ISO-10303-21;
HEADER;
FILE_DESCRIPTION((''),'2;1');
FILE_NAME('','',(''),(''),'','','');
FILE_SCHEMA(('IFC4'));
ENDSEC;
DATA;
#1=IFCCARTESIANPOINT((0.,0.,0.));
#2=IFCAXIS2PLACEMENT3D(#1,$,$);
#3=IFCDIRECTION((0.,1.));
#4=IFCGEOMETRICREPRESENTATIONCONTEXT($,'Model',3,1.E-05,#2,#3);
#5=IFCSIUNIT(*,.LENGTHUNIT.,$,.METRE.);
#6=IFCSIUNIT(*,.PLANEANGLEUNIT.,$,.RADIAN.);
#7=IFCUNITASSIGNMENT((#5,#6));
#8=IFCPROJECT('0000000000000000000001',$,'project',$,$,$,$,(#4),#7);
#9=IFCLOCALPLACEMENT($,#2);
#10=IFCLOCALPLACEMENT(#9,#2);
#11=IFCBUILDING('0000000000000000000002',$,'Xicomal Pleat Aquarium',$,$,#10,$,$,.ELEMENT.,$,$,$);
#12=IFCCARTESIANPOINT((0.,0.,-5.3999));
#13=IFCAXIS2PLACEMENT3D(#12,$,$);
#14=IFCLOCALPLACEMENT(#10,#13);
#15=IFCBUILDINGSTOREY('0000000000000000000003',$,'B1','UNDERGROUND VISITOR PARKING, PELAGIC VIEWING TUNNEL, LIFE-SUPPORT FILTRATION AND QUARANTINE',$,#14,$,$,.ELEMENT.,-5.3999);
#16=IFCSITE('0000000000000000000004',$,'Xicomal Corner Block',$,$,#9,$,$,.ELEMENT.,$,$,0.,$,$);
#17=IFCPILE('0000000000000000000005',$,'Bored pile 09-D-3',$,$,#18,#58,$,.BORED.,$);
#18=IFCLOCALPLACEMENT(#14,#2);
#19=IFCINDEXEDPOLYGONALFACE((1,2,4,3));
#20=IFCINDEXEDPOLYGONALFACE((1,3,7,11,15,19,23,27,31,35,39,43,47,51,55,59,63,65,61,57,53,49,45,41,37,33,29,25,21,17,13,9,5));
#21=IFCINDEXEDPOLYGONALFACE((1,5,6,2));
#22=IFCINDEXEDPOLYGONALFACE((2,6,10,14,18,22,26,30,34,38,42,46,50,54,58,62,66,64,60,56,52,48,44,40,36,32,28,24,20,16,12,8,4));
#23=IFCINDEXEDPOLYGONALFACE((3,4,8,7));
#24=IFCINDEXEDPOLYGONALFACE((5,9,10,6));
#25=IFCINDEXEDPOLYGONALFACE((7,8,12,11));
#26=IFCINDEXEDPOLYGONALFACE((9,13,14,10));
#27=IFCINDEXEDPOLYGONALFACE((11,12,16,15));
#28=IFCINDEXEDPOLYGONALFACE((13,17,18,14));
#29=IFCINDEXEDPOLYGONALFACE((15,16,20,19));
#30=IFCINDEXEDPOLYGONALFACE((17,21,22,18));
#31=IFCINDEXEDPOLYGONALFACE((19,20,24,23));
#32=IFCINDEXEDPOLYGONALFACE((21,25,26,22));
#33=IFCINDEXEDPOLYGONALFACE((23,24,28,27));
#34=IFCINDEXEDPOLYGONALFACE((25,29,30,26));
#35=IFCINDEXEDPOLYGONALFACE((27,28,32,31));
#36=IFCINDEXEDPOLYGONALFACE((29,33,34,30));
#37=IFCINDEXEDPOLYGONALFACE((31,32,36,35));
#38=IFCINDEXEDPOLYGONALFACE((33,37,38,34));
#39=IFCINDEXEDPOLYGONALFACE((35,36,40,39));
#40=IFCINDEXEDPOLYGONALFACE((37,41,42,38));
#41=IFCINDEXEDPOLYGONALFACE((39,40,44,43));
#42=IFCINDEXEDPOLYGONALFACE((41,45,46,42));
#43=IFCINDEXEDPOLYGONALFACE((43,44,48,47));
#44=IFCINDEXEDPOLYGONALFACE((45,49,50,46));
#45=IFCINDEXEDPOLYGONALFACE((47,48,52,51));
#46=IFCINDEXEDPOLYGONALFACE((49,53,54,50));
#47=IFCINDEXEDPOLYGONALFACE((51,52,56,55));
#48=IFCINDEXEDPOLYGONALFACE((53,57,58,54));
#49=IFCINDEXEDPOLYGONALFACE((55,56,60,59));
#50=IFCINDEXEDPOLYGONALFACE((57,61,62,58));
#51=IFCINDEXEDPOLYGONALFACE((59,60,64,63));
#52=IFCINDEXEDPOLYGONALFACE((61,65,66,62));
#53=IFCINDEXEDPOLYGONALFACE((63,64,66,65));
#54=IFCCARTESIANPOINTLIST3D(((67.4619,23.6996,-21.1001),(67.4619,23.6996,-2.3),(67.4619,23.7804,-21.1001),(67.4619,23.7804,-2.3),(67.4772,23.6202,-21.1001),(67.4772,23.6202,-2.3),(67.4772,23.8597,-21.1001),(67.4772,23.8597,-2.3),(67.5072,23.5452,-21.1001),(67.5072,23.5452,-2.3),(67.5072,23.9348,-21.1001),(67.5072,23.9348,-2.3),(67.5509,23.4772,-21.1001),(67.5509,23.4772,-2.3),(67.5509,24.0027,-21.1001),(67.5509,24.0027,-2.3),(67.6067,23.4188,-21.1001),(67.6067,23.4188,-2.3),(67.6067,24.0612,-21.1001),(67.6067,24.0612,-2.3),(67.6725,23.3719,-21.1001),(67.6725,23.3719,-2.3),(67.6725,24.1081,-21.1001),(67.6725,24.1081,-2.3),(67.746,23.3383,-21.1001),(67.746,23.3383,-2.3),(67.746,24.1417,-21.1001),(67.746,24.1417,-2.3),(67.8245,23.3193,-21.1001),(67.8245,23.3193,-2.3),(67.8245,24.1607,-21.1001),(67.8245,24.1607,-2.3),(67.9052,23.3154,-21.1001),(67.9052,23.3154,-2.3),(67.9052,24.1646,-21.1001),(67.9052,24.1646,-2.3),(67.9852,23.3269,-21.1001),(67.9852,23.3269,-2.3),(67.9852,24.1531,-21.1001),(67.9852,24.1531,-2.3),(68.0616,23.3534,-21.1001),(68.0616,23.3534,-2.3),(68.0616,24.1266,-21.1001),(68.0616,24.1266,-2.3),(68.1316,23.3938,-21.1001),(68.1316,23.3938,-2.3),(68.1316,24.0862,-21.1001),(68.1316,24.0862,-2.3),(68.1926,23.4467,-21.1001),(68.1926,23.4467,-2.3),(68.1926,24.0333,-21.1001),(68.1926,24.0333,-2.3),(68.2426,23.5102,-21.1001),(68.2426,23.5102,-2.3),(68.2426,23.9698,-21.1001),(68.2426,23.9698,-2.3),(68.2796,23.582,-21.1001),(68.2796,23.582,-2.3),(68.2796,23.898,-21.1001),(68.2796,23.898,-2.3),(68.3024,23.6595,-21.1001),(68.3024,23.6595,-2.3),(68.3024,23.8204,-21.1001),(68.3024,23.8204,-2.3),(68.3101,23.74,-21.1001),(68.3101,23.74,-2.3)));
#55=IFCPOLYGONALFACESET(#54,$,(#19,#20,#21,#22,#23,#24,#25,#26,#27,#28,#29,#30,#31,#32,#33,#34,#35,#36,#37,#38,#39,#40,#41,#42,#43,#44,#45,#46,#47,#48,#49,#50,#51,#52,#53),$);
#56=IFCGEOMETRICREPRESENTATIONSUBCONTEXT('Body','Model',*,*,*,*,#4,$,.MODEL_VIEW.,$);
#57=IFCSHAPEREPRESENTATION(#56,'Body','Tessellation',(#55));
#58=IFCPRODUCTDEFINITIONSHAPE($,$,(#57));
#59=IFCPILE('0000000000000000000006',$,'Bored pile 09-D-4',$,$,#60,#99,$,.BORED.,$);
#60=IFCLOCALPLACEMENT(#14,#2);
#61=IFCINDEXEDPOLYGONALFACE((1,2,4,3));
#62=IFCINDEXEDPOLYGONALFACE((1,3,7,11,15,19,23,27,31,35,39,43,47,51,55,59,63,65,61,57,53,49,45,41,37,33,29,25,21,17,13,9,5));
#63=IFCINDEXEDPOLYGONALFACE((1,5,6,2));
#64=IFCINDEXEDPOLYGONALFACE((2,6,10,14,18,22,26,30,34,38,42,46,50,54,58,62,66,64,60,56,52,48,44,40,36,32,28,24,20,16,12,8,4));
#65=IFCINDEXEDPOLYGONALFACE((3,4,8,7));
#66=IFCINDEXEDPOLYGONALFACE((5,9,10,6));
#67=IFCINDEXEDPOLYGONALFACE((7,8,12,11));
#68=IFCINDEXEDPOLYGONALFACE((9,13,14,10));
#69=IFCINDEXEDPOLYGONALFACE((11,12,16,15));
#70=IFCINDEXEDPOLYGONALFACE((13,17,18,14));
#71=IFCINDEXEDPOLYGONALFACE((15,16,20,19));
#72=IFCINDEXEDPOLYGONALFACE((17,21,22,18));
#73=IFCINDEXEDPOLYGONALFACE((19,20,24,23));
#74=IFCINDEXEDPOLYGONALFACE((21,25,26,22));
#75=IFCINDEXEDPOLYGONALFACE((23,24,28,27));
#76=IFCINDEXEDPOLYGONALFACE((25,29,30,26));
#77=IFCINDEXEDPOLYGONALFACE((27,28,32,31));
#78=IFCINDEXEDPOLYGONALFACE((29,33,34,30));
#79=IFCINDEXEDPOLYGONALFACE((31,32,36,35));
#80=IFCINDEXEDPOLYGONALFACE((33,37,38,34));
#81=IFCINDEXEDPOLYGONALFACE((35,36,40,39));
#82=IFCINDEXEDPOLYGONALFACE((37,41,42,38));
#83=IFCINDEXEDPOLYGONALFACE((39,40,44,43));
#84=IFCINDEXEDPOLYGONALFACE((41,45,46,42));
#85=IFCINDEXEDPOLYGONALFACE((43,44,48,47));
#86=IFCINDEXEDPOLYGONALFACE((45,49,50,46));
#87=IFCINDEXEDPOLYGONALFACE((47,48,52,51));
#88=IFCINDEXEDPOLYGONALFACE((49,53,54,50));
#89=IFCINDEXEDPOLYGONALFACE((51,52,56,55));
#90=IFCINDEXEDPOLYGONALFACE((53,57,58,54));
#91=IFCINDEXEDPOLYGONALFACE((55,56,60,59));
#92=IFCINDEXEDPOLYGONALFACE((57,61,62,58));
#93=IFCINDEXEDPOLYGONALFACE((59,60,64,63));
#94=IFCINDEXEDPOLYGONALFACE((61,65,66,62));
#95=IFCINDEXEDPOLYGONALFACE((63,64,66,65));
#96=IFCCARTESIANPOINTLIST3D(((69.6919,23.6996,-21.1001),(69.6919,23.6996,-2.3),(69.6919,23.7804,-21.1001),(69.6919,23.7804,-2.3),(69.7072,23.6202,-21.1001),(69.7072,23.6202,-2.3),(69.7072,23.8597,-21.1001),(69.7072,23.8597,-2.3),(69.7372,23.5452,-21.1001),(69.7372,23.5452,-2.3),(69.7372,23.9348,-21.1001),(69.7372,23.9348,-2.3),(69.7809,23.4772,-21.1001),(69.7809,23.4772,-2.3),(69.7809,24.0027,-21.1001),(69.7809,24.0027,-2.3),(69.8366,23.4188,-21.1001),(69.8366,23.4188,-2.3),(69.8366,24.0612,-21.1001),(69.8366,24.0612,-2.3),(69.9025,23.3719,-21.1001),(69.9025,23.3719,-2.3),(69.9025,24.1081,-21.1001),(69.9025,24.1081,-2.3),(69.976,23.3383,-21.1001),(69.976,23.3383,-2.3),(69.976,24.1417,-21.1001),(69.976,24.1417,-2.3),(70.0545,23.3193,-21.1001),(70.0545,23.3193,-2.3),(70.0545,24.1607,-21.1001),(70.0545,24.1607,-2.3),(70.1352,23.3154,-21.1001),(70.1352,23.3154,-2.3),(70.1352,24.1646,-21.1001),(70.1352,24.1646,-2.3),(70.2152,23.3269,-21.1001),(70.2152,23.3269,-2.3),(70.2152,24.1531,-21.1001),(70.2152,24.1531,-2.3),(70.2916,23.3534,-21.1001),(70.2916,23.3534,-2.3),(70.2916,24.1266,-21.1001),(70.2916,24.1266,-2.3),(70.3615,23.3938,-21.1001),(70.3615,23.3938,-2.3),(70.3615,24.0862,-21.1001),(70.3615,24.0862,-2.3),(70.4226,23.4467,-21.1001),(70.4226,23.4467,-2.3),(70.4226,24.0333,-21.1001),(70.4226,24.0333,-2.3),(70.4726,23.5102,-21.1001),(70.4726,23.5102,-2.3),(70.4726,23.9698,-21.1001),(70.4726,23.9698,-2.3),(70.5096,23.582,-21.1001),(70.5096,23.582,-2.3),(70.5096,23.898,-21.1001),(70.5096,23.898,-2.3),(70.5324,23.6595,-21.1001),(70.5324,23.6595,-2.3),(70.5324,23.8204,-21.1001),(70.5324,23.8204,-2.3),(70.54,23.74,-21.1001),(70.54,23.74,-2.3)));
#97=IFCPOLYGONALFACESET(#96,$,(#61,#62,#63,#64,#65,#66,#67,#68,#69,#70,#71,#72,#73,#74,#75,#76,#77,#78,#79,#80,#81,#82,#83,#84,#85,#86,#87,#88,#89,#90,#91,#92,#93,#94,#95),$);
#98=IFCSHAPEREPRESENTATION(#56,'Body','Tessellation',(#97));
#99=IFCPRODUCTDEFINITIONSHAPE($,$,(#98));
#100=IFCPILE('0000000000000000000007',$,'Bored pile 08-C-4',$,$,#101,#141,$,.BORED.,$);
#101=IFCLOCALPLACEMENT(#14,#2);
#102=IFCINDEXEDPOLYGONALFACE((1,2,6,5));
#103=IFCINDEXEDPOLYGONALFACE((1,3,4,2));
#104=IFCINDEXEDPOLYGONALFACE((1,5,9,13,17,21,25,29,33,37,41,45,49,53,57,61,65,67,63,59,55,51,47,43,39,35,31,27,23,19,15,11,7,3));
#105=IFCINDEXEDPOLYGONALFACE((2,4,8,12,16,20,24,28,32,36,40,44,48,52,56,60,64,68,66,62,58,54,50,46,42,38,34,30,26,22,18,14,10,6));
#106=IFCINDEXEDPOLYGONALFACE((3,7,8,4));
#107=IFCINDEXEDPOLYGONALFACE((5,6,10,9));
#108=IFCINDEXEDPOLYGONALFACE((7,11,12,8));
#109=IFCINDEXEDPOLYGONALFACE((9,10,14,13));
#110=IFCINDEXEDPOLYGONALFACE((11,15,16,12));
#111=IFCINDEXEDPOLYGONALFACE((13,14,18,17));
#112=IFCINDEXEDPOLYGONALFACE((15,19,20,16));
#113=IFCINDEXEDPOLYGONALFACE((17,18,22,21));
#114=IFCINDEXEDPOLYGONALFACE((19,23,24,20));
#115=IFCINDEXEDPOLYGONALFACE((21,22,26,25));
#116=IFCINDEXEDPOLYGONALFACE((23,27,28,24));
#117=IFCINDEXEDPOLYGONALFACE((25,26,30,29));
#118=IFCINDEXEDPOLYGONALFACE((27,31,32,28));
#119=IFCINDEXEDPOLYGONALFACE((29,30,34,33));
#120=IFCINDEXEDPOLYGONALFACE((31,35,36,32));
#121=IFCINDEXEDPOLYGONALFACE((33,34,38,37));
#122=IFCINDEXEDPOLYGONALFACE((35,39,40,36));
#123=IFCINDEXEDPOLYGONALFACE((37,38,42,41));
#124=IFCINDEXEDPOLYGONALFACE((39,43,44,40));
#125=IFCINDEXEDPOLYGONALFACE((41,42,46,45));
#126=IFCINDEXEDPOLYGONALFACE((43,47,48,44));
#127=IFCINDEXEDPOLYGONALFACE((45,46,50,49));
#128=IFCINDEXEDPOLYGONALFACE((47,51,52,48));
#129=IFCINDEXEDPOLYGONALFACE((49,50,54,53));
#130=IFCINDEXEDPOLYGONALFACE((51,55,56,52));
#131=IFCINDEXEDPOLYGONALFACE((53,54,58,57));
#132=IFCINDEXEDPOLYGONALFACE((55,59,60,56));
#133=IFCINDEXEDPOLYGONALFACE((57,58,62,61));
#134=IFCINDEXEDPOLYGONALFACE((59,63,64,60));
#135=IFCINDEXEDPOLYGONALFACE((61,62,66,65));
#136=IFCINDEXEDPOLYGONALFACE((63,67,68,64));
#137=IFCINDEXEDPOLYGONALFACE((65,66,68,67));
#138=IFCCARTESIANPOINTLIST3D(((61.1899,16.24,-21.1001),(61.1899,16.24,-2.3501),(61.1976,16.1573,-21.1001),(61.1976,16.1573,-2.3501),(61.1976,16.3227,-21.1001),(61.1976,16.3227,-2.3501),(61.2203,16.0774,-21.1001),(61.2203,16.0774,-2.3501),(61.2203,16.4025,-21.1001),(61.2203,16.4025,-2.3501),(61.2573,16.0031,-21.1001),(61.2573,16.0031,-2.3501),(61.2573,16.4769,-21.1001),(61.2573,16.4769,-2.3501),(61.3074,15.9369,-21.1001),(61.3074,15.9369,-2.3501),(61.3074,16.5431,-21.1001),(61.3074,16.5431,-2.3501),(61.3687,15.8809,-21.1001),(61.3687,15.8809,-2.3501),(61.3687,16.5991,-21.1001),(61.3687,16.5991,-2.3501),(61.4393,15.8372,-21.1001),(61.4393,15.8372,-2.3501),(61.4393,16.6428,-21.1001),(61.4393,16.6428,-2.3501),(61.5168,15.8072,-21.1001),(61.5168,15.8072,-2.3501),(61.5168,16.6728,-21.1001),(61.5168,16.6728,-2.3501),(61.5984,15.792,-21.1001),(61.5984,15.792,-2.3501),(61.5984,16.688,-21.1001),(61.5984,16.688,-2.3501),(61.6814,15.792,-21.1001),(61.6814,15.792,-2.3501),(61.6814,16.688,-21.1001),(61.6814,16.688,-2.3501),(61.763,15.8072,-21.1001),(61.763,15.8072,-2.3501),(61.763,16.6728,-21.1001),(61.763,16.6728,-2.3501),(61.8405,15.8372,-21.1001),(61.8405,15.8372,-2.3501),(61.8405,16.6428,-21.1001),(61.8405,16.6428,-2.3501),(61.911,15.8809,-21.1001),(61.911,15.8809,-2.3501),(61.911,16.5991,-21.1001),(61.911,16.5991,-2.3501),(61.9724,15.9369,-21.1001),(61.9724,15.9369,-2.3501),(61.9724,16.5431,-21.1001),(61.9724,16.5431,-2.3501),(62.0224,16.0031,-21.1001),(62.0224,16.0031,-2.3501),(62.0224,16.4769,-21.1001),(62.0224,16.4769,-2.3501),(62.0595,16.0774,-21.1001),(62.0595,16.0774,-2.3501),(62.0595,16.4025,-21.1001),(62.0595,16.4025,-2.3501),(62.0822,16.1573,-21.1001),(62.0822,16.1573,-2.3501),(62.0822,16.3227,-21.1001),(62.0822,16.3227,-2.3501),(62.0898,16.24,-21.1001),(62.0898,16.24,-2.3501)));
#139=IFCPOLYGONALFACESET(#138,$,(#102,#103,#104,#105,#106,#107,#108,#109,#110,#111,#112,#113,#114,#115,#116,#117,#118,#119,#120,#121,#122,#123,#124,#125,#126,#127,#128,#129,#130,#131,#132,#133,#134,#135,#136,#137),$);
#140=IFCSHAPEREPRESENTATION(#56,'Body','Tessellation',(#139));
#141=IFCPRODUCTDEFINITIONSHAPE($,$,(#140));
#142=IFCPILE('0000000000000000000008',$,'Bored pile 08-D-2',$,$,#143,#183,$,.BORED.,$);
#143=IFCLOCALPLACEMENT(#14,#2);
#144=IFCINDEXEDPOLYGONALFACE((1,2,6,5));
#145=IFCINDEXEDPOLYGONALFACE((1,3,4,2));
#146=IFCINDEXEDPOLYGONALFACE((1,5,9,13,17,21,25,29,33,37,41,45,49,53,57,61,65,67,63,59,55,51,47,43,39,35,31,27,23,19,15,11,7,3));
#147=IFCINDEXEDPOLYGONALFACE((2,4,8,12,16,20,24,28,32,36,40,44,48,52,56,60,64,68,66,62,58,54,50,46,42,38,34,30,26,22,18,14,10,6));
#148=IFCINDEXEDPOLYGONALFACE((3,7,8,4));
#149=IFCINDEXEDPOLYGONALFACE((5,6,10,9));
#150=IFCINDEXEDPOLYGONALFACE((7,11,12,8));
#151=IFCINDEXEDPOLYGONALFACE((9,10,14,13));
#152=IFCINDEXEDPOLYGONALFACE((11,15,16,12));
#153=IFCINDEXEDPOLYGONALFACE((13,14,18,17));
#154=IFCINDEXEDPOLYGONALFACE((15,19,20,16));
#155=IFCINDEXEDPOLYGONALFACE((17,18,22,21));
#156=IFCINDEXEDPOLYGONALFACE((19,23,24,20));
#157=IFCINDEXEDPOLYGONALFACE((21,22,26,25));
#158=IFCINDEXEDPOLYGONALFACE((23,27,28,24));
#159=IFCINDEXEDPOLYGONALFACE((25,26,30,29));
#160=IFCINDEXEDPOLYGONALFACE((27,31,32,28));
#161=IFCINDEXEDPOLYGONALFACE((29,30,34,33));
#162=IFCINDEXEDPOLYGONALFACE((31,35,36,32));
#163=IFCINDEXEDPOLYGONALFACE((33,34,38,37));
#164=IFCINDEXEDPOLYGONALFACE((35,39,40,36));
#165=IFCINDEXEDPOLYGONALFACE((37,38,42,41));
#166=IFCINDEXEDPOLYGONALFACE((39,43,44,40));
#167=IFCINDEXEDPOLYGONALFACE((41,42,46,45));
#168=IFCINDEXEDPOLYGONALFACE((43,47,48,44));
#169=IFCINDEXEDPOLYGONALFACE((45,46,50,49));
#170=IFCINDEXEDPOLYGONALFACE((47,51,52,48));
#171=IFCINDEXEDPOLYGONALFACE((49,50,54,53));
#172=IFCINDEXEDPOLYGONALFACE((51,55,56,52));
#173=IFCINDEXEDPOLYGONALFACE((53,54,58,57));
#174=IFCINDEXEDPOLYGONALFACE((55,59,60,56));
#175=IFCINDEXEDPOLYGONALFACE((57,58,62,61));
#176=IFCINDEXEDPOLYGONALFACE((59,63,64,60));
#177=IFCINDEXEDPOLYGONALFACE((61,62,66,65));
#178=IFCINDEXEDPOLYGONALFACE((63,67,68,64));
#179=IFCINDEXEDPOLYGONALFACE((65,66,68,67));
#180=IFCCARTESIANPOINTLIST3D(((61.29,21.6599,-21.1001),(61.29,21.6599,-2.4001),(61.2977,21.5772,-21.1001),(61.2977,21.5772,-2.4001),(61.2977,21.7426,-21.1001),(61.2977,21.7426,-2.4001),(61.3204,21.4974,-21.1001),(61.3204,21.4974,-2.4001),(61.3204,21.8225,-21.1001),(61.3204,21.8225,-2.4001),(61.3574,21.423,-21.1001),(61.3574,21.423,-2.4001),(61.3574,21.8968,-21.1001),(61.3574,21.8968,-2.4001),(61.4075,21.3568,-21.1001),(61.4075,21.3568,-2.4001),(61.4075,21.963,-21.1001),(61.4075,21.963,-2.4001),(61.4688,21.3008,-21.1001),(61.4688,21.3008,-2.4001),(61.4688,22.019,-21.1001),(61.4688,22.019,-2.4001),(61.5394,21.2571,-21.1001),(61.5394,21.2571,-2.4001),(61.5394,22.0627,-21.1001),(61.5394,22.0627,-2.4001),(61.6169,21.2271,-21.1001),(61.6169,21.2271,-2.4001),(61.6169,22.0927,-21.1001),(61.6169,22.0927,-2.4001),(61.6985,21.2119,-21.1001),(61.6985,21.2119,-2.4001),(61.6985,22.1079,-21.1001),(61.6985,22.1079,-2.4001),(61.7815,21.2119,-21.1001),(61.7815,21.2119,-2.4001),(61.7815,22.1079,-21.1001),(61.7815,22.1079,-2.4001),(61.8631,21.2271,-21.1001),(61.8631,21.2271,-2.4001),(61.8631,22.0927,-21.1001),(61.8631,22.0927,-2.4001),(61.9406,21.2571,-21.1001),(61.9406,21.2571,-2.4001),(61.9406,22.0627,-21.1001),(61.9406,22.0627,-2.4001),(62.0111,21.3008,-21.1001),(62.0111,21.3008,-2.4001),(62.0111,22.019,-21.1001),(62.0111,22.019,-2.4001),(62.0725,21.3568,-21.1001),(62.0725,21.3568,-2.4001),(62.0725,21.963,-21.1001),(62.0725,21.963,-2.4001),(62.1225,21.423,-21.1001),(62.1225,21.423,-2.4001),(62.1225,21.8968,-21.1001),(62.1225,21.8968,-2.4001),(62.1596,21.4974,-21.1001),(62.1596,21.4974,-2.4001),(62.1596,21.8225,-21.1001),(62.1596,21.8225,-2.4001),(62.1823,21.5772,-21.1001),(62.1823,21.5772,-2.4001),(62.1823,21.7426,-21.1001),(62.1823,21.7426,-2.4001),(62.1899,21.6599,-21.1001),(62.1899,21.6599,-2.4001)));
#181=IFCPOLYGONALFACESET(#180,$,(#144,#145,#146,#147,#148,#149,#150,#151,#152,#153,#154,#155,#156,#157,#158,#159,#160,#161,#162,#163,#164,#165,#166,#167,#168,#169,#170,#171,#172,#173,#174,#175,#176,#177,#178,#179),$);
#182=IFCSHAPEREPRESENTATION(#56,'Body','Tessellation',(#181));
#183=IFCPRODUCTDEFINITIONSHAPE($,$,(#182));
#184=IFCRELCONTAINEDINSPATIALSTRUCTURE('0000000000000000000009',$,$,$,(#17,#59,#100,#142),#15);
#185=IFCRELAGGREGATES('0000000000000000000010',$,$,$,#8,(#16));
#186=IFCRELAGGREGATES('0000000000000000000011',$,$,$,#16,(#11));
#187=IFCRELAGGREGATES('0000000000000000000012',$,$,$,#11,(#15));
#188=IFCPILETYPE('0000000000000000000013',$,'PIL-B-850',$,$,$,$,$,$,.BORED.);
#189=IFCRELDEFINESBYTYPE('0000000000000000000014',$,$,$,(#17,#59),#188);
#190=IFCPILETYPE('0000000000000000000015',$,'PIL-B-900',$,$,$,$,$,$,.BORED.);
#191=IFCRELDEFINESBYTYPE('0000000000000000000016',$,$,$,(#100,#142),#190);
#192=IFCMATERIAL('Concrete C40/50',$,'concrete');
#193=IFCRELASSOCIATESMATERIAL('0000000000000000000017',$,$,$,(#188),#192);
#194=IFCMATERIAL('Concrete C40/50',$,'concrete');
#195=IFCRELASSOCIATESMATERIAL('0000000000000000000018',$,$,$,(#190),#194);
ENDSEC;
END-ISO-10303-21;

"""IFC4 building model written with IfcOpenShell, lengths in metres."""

from ifc_helpers import new_model, si_unit, direction, frame, origin, origin_2d, place, context, subcontext, project, spatial, circle, extrude, material, material_profile, profile_set, type_object, element, save


model = new_model("IFC4")

# Units and contexts
model_context = context("Model", 3, precision=1e-05, world=origin(), true_north=direction((0.0, 1.0)))
body_context = subcontext(model_context, "Body", "Model", "MODEL_VIEW")
ifc_project = project(units=[si_unit("LENGTHUNIT", "METRE"), si_unit("PLANEANGLEUNIT", "RADIAN")], contexts=[model_context])

# Site, building, storey
site_placement = place(None, origin())
site = spatial("IfcSite", under=ifc_project, at=site_placement, Name="Xicomal Corner Block", CompositionType="ELEMENT", RefElevation=0.0)
building_placement = place(site_placement, origin())
building = spatial("IfcBuilding", under=site, at=building_placement, Name="Xicomal Pleat Aquarium", CompositionType="ELEMENT")
storey_placement = place(building_placement, frame((0.0, 0.0, -5.3999)))
storey = spatial("IfcBuildingStorey", under=building, at=storey_placement, Name="B1", Description="UNDERGROUND VISITOR PARKING, PELAGIC VIEWING TUNNEL, LIFE-SUPPORT FILTRATION AND QUARANTINE", CompositionType="ELEMENT", Elevation=-5.3999)

# Piles
ifc_material_1 = material(Name="Concrete C40/50", Category="concrete")
ifc_material_profile_1 = material_profile(ifc_material_1, circle(Radius=0.425, at=origin_2d()), Name="BORED PILE D850")
ifc_profile_set_1 = profile_set([ifc_material_profile_1], Name="Concrete C40/50")
pile_type_1 = type_object("IfcPileType", Name="PIL-B-850", PredefinedType="BORED", material=ifc_profile_set_1)
for number, where, z_axis, x_axis, name in (
    (1, (67.885, 23.74, -2.3), (0.0, 0.0, -1.0), (1.0, 0.0, 0.0), "Bored pile 09-D-3"),
    (2, (70.115, 23.74, -2.3), (0.0, 0.0, -1.0), (1.0, 0.0, 0.0), "Bored pile 09-D-4"),
):
    element("IfcPile", number, at=place(storey_placement, frame(where, z_axis=z_axis, x_axis=x_axis)), inside=storey, type_object=pile_type_1, Name=name, PredefinedType="BORED", context=body_context, shape_type="SweptSolid", body=[
        extrude(circle(Radius=0.425, at=origin_2d()), origin(), (0.0, 0.0, 1.0), 18.8),
    ])
ifc_material_2 = material(Name="Concrete C40/50", Category="concrete")
ifc_material_profile_2 = material_profile(ifc_material_2, circle(Radius=0.45, at=origin_2d()), Name="BORED PILE D900")
ifc_profile_set_2 = profile_set([ifc_material_profile_2], Name="Concrete C40/50")
pile_type_2 = type_object("IfcPileType", Name="PIL-B-900", PredefinedType="BORED", material=ifc_profile_set_2)
pile_1_placement = place(storey_placement, frame((61.6399, 16.24, -2.3501), z_axis=(0.0, 0.0, -1.0), x_axis=(1.0, 0.0, 0.0)))
element("IfcPile", 3, at=pile_1_placement, inside=storey, type_object=pile_type_2, Name="Bored pile 08-C-4", PredefinedType="BORED", context=body_context, shape_type="SweptSolid", body=[
    extrude(circle(Radius=0.45, at=origin_2d()), origin(), (0.0, 0.0, 1.0), 18.75),
])
for number, where, z_axis, x_axis, name in (
    (4, (61.74, 21.6599, -2.4001), (0.0, 0.0, -1.0), (1.0, 0.0, 0.0), "Bored pile 08-D-2"),
):
    element("IfcPile", number, at=place(storey_placement, frame(where, z_axis=z_axis, x_axis=x_axis)), inside=storey, type_object=pile_type_2, Name=name, PredefinedType="BORED", context=body_context, shape_type="SweptSolid", body=[
        extrude(circle(Radius=0.45, at=origin_2d()), origin(), (0.0, 0.0, 1.0), 18.7),
    ])

save(model, "model.ifc")
